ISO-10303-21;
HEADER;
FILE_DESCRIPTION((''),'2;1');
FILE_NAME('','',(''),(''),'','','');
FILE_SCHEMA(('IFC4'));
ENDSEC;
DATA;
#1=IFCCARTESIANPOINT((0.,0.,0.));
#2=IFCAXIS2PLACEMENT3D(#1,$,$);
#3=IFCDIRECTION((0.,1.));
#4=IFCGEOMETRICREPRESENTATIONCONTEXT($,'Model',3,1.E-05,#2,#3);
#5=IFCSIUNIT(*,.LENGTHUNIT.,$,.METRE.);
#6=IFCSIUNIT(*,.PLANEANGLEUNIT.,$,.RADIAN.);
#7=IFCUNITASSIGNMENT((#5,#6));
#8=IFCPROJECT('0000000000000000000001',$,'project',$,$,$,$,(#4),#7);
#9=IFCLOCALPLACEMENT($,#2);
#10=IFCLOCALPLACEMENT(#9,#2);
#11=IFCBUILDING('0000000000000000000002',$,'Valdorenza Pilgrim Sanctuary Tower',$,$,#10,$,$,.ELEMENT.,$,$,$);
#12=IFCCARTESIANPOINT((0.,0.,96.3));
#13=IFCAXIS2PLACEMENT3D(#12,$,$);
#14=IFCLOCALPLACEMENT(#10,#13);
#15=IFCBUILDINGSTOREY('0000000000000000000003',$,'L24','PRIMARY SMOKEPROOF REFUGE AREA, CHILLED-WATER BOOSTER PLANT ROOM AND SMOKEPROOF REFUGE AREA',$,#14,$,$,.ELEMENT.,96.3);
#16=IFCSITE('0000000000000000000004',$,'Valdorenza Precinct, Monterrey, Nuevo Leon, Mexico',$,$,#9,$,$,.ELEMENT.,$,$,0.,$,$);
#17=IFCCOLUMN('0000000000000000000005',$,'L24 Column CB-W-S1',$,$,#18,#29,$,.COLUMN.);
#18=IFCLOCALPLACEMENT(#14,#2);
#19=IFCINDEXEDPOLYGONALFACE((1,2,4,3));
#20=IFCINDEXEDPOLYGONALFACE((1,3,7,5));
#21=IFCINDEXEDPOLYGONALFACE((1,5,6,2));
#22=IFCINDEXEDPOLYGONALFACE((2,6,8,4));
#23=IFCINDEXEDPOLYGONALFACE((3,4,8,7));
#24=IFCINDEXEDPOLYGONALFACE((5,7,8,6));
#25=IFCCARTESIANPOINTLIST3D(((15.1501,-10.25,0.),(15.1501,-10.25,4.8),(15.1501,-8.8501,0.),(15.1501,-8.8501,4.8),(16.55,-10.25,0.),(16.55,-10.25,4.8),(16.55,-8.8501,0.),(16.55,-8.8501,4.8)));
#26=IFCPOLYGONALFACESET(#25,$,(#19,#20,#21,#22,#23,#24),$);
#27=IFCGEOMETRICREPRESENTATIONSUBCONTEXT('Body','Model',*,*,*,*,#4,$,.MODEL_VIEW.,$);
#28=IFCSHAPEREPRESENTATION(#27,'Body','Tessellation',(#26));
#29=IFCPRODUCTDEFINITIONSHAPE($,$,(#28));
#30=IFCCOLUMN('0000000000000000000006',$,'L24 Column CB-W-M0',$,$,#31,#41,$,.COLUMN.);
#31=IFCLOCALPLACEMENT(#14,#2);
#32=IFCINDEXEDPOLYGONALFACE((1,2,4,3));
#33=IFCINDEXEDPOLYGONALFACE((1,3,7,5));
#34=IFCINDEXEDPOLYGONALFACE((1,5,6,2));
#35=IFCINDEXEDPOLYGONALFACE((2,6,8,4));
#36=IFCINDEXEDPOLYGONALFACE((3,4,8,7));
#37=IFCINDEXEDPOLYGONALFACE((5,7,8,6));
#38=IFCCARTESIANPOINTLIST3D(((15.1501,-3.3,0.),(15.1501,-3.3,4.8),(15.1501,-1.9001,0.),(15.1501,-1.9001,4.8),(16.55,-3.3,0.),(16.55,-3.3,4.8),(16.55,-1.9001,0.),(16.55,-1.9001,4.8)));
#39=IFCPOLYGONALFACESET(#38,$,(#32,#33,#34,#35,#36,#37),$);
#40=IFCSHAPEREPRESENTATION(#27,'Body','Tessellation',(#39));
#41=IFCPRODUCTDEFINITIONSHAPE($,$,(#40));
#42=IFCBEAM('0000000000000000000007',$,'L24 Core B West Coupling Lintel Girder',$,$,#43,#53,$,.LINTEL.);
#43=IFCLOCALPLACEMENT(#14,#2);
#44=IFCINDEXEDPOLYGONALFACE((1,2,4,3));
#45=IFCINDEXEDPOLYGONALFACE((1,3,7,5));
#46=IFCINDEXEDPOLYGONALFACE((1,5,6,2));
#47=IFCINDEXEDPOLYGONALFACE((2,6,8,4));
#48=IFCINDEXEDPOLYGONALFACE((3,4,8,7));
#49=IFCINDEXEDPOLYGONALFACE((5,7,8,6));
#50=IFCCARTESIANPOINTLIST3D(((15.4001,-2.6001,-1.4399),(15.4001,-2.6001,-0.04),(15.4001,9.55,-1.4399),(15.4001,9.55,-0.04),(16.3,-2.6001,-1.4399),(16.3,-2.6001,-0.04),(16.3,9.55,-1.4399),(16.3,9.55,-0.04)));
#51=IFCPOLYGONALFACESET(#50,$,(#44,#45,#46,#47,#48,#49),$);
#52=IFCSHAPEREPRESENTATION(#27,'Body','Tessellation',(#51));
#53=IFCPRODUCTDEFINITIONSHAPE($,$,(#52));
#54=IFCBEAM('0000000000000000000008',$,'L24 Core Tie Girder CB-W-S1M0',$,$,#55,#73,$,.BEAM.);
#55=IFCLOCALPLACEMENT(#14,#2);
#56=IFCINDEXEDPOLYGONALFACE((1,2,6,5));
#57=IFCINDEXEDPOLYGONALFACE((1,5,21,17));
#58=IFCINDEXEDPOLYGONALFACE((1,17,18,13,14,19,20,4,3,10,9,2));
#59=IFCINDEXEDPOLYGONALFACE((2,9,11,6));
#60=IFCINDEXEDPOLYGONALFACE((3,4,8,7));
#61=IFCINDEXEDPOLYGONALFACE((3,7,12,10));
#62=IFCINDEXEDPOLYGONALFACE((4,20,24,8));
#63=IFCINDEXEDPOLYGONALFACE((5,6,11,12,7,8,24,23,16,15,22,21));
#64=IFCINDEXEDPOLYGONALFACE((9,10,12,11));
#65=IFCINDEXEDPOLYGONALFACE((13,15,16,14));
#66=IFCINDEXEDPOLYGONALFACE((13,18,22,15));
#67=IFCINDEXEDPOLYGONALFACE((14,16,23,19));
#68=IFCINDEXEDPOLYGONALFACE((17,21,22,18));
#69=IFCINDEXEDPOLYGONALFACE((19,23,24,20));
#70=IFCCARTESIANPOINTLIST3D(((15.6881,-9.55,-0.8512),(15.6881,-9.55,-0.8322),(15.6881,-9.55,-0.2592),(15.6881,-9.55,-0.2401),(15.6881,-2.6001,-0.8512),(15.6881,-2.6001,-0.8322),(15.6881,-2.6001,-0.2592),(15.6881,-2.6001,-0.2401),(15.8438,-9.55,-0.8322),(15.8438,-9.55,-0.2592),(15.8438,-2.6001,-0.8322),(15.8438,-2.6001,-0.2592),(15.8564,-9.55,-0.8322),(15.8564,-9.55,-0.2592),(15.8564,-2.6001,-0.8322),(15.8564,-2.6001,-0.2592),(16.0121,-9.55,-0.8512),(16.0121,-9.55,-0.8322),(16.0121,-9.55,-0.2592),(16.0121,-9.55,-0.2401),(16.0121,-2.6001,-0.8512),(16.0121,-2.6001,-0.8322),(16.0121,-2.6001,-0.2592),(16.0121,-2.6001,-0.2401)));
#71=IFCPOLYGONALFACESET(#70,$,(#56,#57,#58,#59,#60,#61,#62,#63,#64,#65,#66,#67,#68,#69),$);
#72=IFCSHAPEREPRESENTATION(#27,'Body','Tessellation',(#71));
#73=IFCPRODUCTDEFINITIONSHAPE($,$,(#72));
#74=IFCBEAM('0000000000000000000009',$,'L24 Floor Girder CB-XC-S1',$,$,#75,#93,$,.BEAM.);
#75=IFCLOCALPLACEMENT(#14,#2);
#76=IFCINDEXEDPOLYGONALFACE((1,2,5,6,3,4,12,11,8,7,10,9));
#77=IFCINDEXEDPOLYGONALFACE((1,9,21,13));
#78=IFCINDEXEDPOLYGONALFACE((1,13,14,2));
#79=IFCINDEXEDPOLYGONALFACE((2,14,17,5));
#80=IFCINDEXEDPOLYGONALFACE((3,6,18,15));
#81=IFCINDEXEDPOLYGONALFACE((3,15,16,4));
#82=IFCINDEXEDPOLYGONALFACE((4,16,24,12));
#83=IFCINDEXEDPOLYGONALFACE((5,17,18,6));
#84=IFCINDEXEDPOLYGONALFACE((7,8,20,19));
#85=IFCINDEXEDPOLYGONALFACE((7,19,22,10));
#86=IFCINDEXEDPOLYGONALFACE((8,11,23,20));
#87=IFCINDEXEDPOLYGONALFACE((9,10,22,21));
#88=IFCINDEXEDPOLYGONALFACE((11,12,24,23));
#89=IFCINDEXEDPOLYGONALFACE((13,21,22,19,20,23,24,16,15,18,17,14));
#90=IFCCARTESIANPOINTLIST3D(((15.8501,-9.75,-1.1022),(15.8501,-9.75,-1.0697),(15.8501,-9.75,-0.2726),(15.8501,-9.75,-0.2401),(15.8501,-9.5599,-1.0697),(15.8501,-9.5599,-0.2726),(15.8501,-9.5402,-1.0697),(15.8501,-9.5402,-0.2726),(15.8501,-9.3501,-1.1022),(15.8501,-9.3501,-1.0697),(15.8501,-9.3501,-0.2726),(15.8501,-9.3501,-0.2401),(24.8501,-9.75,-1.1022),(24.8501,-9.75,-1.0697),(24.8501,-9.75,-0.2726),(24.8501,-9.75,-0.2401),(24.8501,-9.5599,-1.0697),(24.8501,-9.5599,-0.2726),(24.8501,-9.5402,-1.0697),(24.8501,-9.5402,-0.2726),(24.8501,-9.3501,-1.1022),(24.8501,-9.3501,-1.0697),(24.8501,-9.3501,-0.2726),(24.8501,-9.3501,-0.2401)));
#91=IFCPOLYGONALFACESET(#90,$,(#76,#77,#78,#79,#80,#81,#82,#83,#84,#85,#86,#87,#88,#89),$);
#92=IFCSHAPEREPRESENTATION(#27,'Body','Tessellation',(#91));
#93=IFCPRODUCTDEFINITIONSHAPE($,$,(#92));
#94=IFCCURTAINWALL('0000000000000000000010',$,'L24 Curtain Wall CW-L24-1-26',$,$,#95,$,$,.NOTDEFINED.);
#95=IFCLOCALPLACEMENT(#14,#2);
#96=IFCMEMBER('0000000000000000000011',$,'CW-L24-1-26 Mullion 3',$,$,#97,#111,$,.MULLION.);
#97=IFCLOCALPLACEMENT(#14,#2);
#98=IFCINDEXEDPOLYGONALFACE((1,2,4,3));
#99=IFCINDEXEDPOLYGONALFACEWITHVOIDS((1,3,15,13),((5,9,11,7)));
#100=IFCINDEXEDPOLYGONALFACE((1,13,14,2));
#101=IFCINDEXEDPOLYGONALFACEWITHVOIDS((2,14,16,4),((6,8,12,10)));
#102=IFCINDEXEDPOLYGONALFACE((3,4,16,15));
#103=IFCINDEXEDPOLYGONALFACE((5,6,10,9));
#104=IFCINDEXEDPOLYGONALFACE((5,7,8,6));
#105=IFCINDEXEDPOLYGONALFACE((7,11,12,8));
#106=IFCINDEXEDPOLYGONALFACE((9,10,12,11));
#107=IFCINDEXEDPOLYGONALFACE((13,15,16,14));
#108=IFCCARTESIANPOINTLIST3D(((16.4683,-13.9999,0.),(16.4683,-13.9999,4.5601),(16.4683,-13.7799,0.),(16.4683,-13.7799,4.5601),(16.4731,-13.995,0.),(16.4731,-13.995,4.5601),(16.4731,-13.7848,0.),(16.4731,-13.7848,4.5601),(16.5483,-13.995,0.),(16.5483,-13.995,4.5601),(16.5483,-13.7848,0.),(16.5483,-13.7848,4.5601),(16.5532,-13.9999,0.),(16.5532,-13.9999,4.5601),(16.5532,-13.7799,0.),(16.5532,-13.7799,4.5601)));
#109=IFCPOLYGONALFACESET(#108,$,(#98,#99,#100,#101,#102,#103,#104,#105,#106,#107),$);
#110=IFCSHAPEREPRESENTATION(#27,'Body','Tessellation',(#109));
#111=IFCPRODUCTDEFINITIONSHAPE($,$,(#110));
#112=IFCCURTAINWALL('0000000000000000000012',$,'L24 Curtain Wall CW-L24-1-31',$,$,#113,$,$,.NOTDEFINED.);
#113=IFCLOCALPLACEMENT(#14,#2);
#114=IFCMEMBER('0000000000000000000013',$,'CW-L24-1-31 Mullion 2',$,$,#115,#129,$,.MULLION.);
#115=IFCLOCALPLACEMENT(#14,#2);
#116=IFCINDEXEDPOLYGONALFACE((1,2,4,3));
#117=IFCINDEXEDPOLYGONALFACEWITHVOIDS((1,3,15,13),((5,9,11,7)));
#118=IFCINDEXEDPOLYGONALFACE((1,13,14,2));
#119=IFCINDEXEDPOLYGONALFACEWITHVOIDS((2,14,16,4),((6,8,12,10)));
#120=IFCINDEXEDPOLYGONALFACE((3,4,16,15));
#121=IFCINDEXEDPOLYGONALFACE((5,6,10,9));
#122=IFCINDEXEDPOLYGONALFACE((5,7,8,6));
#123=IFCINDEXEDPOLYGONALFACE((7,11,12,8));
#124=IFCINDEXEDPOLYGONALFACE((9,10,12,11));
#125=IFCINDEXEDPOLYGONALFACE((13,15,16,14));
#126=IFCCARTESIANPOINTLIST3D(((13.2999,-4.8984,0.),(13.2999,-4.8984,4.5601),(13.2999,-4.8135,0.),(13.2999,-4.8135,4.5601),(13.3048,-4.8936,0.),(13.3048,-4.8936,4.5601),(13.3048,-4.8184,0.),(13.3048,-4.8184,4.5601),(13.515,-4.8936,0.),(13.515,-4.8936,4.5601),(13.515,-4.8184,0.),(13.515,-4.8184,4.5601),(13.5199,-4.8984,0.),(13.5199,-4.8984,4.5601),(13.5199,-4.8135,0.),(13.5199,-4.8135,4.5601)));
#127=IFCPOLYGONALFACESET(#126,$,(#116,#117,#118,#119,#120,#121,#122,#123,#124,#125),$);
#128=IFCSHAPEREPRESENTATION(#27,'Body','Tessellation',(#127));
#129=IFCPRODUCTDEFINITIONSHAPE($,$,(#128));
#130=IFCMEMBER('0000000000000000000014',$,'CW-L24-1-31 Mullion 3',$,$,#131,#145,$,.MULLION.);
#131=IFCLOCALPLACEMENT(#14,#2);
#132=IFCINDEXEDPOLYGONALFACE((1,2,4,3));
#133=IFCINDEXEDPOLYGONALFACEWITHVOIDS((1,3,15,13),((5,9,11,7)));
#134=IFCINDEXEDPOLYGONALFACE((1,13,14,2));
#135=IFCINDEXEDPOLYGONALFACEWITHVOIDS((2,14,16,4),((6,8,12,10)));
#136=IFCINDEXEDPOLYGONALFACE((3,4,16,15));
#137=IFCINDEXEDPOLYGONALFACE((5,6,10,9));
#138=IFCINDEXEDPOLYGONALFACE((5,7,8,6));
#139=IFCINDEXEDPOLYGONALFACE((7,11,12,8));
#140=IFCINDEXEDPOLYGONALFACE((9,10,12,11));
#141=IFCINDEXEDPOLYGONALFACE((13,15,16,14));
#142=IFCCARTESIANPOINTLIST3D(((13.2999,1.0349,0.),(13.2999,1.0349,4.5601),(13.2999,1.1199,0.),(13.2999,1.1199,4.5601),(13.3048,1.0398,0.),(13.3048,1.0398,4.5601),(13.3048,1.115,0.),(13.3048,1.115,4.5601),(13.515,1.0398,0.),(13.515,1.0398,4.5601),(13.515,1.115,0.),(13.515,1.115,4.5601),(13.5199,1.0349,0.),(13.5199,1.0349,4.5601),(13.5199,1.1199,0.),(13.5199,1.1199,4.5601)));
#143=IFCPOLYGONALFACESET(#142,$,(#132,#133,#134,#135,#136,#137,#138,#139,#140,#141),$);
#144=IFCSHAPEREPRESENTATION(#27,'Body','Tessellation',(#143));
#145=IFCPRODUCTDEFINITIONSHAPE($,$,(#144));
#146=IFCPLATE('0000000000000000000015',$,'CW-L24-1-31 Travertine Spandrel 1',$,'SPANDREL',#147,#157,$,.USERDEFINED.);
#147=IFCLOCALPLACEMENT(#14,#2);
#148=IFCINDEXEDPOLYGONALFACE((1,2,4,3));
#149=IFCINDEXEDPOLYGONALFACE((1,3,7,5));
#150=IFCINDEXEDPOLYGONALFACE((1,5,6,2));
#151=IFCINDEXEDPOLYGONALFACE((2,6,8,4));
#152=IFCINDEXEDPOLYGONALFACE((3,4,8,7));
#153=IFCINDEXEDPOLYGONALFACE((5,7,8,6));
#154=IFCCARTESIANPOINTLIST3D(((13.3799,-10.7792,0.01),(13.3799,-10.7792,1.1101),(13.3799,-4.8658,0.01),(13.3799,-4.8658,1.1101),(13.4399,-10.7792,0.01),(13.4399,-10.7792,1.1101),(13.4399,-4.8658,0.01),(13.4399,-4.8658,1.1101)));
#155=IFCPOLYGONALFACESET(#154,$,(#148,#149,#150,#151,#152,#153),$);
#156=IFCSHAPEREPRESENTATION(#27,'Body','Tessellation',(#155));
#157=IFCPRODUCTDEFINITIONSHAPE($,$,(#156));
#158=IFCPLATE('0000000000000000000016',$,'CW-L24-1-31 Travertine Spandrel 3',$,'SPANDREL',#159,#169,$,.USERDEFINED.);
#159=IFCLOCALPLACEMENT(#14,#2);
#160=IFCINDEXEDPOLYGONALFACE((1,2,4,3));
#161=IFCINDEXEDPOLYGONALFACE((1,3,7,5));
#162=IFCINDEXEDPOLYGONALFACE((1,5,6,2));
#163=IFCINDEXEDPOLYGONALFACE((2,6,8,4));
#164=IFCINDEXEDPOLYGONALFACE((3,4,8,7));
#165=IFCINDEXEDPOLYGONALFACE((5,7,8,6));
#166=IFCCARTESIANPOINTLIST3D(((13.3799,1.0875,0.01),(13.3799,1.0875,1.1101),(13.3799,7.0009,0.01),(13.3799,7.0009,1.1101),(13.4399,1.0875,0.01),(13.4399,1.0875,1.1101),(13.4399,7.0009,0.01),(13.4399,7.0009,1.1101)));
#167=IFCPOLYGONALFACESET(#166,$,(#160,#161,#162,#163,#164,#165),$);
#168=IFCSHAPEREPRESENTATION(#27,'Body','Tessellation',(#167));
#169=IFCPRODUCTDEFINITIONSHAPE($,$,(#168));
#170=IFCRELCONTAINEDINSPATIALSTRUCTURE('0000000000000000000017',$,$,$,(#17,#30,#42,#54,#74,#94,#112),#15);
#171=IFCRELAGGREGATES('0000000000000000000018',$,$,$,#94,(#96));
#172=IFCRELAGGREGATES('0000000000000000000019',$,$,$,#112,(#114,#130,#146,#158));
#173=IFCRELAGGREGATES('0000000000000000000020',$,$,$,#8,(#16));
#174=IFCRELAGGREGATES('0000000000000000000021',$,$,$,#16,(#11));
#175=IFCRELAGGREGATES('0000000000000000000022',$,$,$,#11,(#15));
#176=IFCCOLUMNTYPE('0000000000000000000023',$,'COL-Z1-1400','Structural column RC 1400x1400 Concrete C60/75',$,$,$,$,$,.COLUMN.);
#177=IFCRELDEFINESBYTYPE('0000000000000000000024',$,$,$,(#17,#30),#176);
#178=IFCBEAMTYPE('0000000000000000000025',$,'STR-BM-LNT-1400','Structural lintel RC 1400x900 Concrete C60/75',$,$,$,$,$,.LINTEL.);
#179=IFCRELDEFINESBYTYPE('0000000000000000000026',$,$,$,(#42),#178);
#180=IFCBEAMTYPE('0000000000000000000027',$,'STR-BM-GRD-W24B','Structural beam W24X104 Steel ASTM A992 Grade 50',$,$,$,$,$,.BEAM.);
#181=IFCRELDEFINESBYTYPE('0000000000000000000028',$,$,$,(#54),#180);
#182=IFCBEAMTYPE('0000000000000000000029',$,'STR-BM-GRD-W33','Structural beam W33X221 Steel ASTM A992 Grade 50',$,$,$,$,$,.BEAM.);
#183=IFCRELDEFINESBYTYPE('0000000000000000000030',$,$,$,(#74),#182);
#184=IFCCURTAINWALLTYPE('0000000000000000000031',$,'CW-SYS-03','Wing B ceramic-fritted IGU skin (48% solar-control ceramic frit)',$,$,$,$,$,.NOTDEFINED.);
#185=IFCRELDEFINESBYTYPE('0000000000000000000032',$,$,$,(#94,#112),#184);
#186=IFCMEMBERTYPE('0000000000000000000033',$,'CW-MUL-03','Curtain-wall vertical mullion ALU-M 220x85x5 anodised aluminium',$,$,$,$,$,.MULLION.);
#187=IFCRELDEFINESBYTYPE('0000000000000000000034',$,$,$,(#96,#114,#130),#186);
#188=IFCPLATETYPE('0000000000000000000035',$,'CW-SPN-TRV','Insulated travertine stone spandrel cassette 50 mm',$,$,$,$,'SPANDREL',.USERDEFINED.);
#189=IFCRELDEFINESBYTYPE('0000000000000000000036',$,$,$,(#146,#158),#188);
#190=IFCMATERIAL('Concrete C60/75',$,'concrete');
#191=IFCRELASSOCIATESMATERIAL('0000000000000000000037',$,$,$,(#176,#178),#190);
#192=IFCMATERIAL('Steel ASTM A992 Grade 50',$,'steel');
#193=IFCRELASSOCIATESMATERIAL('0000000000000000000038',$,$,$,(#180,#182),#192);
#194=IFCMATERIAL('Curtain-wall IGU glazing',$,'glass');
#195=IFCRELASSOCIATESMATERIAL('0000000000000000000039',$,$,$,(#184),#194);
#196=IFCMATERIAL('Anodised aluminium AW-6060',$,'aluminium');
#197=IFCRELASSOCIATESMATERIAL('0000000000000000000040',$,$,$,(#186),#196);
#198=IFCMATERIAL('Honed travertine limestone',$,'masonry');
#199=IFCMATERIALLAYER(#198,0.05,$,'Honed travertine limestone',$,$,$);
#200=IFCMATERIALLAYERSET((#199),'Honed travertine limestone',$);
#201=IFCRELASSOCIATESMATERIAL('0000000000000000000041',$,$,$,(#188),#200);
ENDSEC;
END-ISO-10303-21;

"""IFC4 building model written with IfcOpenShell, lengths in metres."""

from ifc_helpers import new_model, si_unit, direction, frame, origin, origin_2d, place, context, subcontext, project, spatial, rectangle, hollow_rectangle, i_section, extrude, source, transform, mapped, material, layer, layer_set, material_profile, profile_set, type_object, element, aggregate, save


model = new_model("IFC4")

# Units and contexts
model_context = context("Model", 3, precision=1e-05, world=origin(), true_north=direction((0.0, 1.0)))
body_context = subcontext(model_context, "Body", "Model", "MODEL_VIEW")
ifc_project = project(units=[si_unit("LENGTHUNIT", "METRE"), si_unit("PLANEANGLEUNIT", "RADIAN")], contexts=[model_context])

# Site, building, storey
site_placement = place(None, origin())
site = spatial("IfcSite", under=ifc_project, at=site_placement, Name="Valdorenza Precinct, Monterrey, Nuevo Leon, Mexico", CompositionType="ELEMENT", RefElevation=0.0)
building_placement = place(site_placement, origin())
building = spatial("IfcBuilding", under=site, at=building_placement, Name="Valdorenza Pilgrim Sanctuary Tower", CompositionType="ELEMENT")
storey_placement = place(building_placement, frame((0.0, 0.0, 96.3)))
storey = spatial("IfcBuildingStorey", under=building, at=storey_placement, Name="L24", Description="PRIMARY SMOKEPROOF REFUGE AREA, CHILLED-WATER BOOSTER PLANT ROOM AND SMOKEPROOF REFUGE AREA", CompositionType="ELEMENT", Elevation=96.3)

# Columns
ifc_material_1 = material(Name="Concrete C60/75", Category="concrete")
ifc_material_profile_1 = material_profile(ifc_material_1, rectangle(XDim=1.3999, YDim=1.3999, at=origin_2d()), Name="RC 1400x1400")
ifc_profile_set_1 = profile_set([ifc_material_profile_1], Name="Concrete C60/75")
column_type = type_object("IfcColumnType", Name="COL-Z1-1400", Description="Structural column RC 1400x1400 Concrete C60/75", PredefinedType="COLUMN", material=ifc_profile_set_1)
shared_shape_1 = source(origin(), body_context, "Body", "SweptSolid", [
    extrude(rectangle(XDim=1.3999, YDim=1.3999, at=origin_2d()), origin(), (0.0, 0.0, 1.0), 4.8),
])
for number, where, z_axis, x_axis, name in (
    (1, (15.8501, -9.55, 0.0), (0.0, 0.0, 1.0), (1.0, 0.0, 0.0), "L24 Column CB-W-S1"),
    (2, (15.8501, -2.6001, 0.0), (0.0, 0.0, 1.0), (1.0, 0.0, 0.0), "L24 Column CB-W-M0"),
):
    element("IfcColumn", number, at=place(storey_placement, frame(where, z_axis=z_axis, x_axis=x_axis)), inside=storey, type_object=column_type, Name=name, PredefinedType="COLUMN", context=body_context, shape_type="MappedRepresentation", body=[
        mapped(shared_shape_1, transform((0.0, 0.0, 0.0), x_axis=(1.0, 0.0, 0.0), y_axis=(0.0, 1.0, 0.0), z_axis=(0.0, 0.0, 1.0), scale=1.0)),
    ])

# Beams
ifc_material_profile_2 = material_profile(ifc_material_1, rectangle(XDim=0.8999, YDim=1.3999, at=origin_2d()), Name="RC 1400x900")
ifc_profile_set_2 = profile_set([ifc_material_profile_2], Name="Concrete C60/75")
beam_type_1 = type_object("IfcBeamType", Name="STR-BM-LNT-1400", Description="Structural lintel RC 1400x900 Concrete C60/75", PredefinedType="LINTEL", material=ifc_profile_set_2)
shared_shape_2 = source(origin(), body_context, "Body", "SweptSolid", [
    extrude(rectangle(XDim=0.8999, YDim=1.3999, at=origin_2d()), origin(), (0.0, 0.0, 1.0), 12.1501),
])
beam_1_placement = place(storey_placement, frame((15.8501, -2.6001, -0.74), z_axis=(0.0, 1.0, 0.0), x_axis=(-1.0, 0.0, 0.0)))
element("IfcBeam", 3, at=beam_1_placement, inside=storey, type_object=beam_type_1, Name="L24 Core B West Coupling Lintel Girder", PredefinedType="LINTEL", context=body_context, shape_type="MappedRepresentation", body=[
    mapped(shared_shape_2, transform((0.0, 0.0, 0.0), x_axis=(1.0, 0.0, 0.0), y_axis=(0.0, 1.0, 0.0), z_axis=(0.0, 0.0, 1.0), scale=1.0)),
])
ifc_material_2 = material(Name="Steel ASTM A992 Grade 50", Category="steel")
ifc_material_profile_3 = material_profile(ifc_material_2, i_section(OverallWidth=0.324, OverallDepth=0.6111, WebThickness=0.0127, FlangeThickness=0.019, at=origin_2d()), Name="W24X104")
ifc_profile_set_3 = profile_set([ifc_material_profile_3], Name="Steel ASTM A992 Grade 50")
beam_type_2 = type_object("IfcBeamType", Name="STR-BM-GRD-W24B", Description="Structural beam W24X104 Steel ASTM A992 Grade 50", PredefinedType="BEAM", material=ifc_profile_set_3)
shared_shape_3 = source(origin(), body_context, "Body", "SweptSolid", [
    extrude(i_section(OverallWidth=0.324, OverallDepth=0.6111, WebThickness=0.0127, FlangeThickness=0.019, at=origin_2d()), origin(), (0.0, 0.0, 1.0), 6.95),
])
beam_2_placement = place(storey_placement, frame((15.8501, -9.55, -0.5457), z_axis=(0.0, 1.0, 0.0), x_axis=(-1.0, 0.0, 0.0)))
element("IfcBeam", 4, at=beam_2_placement, inside=storey, type_object=beam_type_2, Name="L24 Core Tie Girder CB-W-S1M0", PredefinedType="BEAM", context=body_context, shape_type="MappedRepresentation", body=[
    mapped(shared_shape_3, transform((0.0, 0.0, 0.0), x_axis=(1.0, 0.0, 0.0), y_axis=(0.0, 1.0, 0.0), z_axis=(0.0, 0.0, 1.0), scale=1.0)),
])
ifc_material_profile_4 = material_profile(ifc_material_2, i_section(OverallWidth=0.3999, OverallDepth=0.8621, WebThickness=0.0198, FlangeThickness=0.0325, at=origin_2d()), Name="W33X221")
ifc_profile_set_4 = profile_set([ifc_material_profile_4], Name="Steel ASTM A992 Grade 50")
beam_type_3 = type_object("IfcBeamType", Name="STR-BM-GRD-W33", Description="Structural beam W33X221 Steel ASTM A992 Grade 50", PredefinedType="BEAM", material=ifc_profile_set_4)
shared_shape_4 = source(origin(), body_context, "Body", "SweptSolid", [
    extrude(i_section(OverallWidth=0.3999, OverallDepth=0.8621, WebThickness=0.0198, FlangeThickness=0.0325, at=origin_2d()), origin(), (0.0, 0.0, 1.0), 9.0),
])
beam_3_placement = place(storey_placement, frame((15.8501, -9.55, -0.6711), z_axis=(1.0, 0.0, 0.0), x_axis=(0.0, 1.0, 0.0)))
element("IfcBeam", 5, at=beam_3_placement, inside=storey, type_object=beam_type_3, Name="L24 Floor Girder CB-XC-S1", PredefinedType="BEAM", context=body_context, shape_type="MappedRepresentation", body=[
    mapped(shared_shape_4, transform((0.0, 0.0, 0.0), x_axis=(1.0, 0.0, 0.0), y_axis=(0.0, 1.0, 0.0), z_axis=(0.0, 0.0, 1.0), scale=1.0)),
])

# Curtain wall, member
ifc_material_3 = material(Name="Curtain-wall IGU glazing", Category="glass")
curtain_wall_type = type_object("IfcCurtainWallType", Name="CW-SYS-03", Description="Wing B ceramic-fritted IGU skin (48% solar-control ceramic frit)", PredefinedType="NOTDEFINED", material=ifc_material_3)
curtain_wall_1_placement = place(storey_placement, origin())
curtain_wall_1 = element("IfcCurtainWall", 6, at=curtain_wall_1_placement, inside=storey, type_object=curtain_wall_type, Name="L24 Curtain Wall CW-L24-1-26", PredefinedType="NOTDEFINED")
ifc_material_4 = material(Name="Anodised aluminium AW-6060", Category="aluminium")
ifc_material_profile_5 = material_profile(ifc_material_4, hollow_rectangle(XDim=0.085, YDim=0.22, WallThickness=0.0049, at=origin_2d()), Name="ALU-M 220x85x5")
ifc_profile_set_5 = profile_set([ifc_material_profile_5], Name="Anodised aluminium AW-6060")
member_type = type_object("IfcMemberType", Name="CW-MUL-03", Description="Curtain-wall vertical mullion ALU-M 220x85x5 anodised aluminium", PredefinedType="MULLION", material=ifc_profile_set_5)
shared_shape_5 = source(origin(), body_context, "Body", "SweptSolid", [
    extrude(hollow_rectangle(XDim=0.085, YDim=0.22, WallThickness=0.0049, at=origin_2d()), origin(), (0.0, 0.0, 1.0), 4.5601),
])
member_1_placement = place(storey_placement, frame((16.5107, -13.8899, 0.0), z_axis=(0.0, 0.0, 1.0), x_axis=(-1.0, 0.0, 0.0)))
member_1 = element("IfcMember", 7, at=member_1_placement, type_object=member_type, Name="CW-L24-1-26 Mullion 3", PredefinedType="MULLION", context=body_context, shape_type="MappedRepresentation", body=[
    mapped(shared_shape_5, transform((0.0, 0.0, 0.0), x_axis=(1.0, 0.0, 0.0), y_axis=(0.0, 1.0, 0.0), z_axis=(0.0, 0.0, 1.0), scale=1.0)),
])
aggregate(curtain_wall_1, [member_1])

# Curtain wall, members, plates
curtain_wall_2_placement = place(storey_placement, origin())
curtain_wall_2 = element("IfcCurtainWall", 8, at=curtain_wall_2_placement, inside=storey, type_object=curtain_wall_type, Name="L24 Curtain Wall CW-L24-1-31", PredefinedType="NOTDEFINED")
member_2_placement = place(storey_placement, frame((13.4099, -4.856, 0.0), z_axis=(0.0, 0.0, 1.0), x_axis=(0.0, 1.0, 0.0)))
member_2 = element("IfcMember", 9, at=member_2_placement, type_object=member_type, Name="CW-L24-1-31 Mullion 2", PredefinedType="MULLION", context=body_context, shape_type="MappedRepresentation", body=[
    mapped(shared_shape_5, transform((0.0, 0.0, 0.0), x_axis=(1.0, 0.0, 0.0), y_axis=(0.0, 1.0, 0.0), z_axis=(0.0, 0.0, 1.0), scale=1.0)),
])
member_3_placement = place(storey_placement, frame((13.4099, 1.0774, 0.0), z_axis=(0.0, 0.0, 1.0), x_axis=(0.0, 1.0, 0.0)))
member_3 = element("IfcMember", 10, at=member_3_placement, type_object=member_type, Name="CW-L24-1-31 Mullion 3", PredefinedType="MULLION", context=body_context, shape_type="MappedRepresentation", body=[
    mapped(shared_shape_5, transform((0.0, 0.0, 0.0), x_axis=(1.0, 0.0, 0.0), y_axis=(0.0, 1.0, 0.0), z_axis=(0.0, 0.0, 1.0), scale=1.0)),
])
ifc_material_5 = material(Name="Honed travertine limestone", Category="masonry")
ifc_layer_1 = layer(ifc_material_5, 0.05, Name="Honed travertine limestone")
ifc_layer_set_1 = layer_set([ifc_layer_1], Name="Honed travertine limestone")
plate_type_1 = type_object("IfcPlateType", Name="CW-SPN-TRV", Description="Insulated travertine stone spandrel cassette 50 mm", ElementType="SPANDREL", PredefinedType="USERDEFINED", material=ifc_layer_set_1)
shared_shape_6 = source(origin(), body_context, "Body", "SweptSolid", [
    extrude(rectangle(XDim=5.9133, YDim=0.0601, at=origin_2d()), origin(), (0.0, 0.0, 1.0), 1.1001),
])
plate_1_placement = place(storey_placement, frame((13.4099, -7.8225, 0.01), z_axis=(0.0, 0.0, 1.0), x_axis=(0.0, 1.0, 0.0)))
plate_1 = element("IfcPlate", 11, at=plate_1_placement, type_object=plate_type_1, Name="CW-L24-1-31 Travertine Spandrel 1", ObjectType="SPANDREL", PredefinedType="USERDEFINED", context=body_context, shape_type="MappedRepresentation", body=[
    mapped(shared_shape_6, transform((0.0, 0.0, 0.0), x_axis=(1.0, 0.0, 0.0), y_axis=(0.0, 1.0, 0.0), z_axis=(0.0, 0.0, 1.0), scale=1.0)),
])
plate_2_placement = place(storey_placement, frame((13.4099, 4.0442, 0.01), z_axis=(0.0, 0.0, 1.0), x_axis=(0.0, 1.0, 0.0)))
plate_2 = element("IfcPlate", 12, at=plate_2_placement, type_object=plate_type_1, Name="CW-L24-1-31 Travertine Spandrel 3", ObjectType="SPANDREL", PredefinedType="USERDEFINED", context=body_context, shape_type="MappedRepresentation", body=[
    mapped(shared_shape_6, transform((0.0, 0.0, 0.0), x_axis=(1.0, 0.0, 0.0), y_axis=(0.0, 1.0, 0.0), z_axis=(0.0, 0.0, 1.0), scale=1.0)),
])
aggregate(curtain_wall_2, [member_2, member_3, plate_1, plate_2])

save(model, "model.ifc")
